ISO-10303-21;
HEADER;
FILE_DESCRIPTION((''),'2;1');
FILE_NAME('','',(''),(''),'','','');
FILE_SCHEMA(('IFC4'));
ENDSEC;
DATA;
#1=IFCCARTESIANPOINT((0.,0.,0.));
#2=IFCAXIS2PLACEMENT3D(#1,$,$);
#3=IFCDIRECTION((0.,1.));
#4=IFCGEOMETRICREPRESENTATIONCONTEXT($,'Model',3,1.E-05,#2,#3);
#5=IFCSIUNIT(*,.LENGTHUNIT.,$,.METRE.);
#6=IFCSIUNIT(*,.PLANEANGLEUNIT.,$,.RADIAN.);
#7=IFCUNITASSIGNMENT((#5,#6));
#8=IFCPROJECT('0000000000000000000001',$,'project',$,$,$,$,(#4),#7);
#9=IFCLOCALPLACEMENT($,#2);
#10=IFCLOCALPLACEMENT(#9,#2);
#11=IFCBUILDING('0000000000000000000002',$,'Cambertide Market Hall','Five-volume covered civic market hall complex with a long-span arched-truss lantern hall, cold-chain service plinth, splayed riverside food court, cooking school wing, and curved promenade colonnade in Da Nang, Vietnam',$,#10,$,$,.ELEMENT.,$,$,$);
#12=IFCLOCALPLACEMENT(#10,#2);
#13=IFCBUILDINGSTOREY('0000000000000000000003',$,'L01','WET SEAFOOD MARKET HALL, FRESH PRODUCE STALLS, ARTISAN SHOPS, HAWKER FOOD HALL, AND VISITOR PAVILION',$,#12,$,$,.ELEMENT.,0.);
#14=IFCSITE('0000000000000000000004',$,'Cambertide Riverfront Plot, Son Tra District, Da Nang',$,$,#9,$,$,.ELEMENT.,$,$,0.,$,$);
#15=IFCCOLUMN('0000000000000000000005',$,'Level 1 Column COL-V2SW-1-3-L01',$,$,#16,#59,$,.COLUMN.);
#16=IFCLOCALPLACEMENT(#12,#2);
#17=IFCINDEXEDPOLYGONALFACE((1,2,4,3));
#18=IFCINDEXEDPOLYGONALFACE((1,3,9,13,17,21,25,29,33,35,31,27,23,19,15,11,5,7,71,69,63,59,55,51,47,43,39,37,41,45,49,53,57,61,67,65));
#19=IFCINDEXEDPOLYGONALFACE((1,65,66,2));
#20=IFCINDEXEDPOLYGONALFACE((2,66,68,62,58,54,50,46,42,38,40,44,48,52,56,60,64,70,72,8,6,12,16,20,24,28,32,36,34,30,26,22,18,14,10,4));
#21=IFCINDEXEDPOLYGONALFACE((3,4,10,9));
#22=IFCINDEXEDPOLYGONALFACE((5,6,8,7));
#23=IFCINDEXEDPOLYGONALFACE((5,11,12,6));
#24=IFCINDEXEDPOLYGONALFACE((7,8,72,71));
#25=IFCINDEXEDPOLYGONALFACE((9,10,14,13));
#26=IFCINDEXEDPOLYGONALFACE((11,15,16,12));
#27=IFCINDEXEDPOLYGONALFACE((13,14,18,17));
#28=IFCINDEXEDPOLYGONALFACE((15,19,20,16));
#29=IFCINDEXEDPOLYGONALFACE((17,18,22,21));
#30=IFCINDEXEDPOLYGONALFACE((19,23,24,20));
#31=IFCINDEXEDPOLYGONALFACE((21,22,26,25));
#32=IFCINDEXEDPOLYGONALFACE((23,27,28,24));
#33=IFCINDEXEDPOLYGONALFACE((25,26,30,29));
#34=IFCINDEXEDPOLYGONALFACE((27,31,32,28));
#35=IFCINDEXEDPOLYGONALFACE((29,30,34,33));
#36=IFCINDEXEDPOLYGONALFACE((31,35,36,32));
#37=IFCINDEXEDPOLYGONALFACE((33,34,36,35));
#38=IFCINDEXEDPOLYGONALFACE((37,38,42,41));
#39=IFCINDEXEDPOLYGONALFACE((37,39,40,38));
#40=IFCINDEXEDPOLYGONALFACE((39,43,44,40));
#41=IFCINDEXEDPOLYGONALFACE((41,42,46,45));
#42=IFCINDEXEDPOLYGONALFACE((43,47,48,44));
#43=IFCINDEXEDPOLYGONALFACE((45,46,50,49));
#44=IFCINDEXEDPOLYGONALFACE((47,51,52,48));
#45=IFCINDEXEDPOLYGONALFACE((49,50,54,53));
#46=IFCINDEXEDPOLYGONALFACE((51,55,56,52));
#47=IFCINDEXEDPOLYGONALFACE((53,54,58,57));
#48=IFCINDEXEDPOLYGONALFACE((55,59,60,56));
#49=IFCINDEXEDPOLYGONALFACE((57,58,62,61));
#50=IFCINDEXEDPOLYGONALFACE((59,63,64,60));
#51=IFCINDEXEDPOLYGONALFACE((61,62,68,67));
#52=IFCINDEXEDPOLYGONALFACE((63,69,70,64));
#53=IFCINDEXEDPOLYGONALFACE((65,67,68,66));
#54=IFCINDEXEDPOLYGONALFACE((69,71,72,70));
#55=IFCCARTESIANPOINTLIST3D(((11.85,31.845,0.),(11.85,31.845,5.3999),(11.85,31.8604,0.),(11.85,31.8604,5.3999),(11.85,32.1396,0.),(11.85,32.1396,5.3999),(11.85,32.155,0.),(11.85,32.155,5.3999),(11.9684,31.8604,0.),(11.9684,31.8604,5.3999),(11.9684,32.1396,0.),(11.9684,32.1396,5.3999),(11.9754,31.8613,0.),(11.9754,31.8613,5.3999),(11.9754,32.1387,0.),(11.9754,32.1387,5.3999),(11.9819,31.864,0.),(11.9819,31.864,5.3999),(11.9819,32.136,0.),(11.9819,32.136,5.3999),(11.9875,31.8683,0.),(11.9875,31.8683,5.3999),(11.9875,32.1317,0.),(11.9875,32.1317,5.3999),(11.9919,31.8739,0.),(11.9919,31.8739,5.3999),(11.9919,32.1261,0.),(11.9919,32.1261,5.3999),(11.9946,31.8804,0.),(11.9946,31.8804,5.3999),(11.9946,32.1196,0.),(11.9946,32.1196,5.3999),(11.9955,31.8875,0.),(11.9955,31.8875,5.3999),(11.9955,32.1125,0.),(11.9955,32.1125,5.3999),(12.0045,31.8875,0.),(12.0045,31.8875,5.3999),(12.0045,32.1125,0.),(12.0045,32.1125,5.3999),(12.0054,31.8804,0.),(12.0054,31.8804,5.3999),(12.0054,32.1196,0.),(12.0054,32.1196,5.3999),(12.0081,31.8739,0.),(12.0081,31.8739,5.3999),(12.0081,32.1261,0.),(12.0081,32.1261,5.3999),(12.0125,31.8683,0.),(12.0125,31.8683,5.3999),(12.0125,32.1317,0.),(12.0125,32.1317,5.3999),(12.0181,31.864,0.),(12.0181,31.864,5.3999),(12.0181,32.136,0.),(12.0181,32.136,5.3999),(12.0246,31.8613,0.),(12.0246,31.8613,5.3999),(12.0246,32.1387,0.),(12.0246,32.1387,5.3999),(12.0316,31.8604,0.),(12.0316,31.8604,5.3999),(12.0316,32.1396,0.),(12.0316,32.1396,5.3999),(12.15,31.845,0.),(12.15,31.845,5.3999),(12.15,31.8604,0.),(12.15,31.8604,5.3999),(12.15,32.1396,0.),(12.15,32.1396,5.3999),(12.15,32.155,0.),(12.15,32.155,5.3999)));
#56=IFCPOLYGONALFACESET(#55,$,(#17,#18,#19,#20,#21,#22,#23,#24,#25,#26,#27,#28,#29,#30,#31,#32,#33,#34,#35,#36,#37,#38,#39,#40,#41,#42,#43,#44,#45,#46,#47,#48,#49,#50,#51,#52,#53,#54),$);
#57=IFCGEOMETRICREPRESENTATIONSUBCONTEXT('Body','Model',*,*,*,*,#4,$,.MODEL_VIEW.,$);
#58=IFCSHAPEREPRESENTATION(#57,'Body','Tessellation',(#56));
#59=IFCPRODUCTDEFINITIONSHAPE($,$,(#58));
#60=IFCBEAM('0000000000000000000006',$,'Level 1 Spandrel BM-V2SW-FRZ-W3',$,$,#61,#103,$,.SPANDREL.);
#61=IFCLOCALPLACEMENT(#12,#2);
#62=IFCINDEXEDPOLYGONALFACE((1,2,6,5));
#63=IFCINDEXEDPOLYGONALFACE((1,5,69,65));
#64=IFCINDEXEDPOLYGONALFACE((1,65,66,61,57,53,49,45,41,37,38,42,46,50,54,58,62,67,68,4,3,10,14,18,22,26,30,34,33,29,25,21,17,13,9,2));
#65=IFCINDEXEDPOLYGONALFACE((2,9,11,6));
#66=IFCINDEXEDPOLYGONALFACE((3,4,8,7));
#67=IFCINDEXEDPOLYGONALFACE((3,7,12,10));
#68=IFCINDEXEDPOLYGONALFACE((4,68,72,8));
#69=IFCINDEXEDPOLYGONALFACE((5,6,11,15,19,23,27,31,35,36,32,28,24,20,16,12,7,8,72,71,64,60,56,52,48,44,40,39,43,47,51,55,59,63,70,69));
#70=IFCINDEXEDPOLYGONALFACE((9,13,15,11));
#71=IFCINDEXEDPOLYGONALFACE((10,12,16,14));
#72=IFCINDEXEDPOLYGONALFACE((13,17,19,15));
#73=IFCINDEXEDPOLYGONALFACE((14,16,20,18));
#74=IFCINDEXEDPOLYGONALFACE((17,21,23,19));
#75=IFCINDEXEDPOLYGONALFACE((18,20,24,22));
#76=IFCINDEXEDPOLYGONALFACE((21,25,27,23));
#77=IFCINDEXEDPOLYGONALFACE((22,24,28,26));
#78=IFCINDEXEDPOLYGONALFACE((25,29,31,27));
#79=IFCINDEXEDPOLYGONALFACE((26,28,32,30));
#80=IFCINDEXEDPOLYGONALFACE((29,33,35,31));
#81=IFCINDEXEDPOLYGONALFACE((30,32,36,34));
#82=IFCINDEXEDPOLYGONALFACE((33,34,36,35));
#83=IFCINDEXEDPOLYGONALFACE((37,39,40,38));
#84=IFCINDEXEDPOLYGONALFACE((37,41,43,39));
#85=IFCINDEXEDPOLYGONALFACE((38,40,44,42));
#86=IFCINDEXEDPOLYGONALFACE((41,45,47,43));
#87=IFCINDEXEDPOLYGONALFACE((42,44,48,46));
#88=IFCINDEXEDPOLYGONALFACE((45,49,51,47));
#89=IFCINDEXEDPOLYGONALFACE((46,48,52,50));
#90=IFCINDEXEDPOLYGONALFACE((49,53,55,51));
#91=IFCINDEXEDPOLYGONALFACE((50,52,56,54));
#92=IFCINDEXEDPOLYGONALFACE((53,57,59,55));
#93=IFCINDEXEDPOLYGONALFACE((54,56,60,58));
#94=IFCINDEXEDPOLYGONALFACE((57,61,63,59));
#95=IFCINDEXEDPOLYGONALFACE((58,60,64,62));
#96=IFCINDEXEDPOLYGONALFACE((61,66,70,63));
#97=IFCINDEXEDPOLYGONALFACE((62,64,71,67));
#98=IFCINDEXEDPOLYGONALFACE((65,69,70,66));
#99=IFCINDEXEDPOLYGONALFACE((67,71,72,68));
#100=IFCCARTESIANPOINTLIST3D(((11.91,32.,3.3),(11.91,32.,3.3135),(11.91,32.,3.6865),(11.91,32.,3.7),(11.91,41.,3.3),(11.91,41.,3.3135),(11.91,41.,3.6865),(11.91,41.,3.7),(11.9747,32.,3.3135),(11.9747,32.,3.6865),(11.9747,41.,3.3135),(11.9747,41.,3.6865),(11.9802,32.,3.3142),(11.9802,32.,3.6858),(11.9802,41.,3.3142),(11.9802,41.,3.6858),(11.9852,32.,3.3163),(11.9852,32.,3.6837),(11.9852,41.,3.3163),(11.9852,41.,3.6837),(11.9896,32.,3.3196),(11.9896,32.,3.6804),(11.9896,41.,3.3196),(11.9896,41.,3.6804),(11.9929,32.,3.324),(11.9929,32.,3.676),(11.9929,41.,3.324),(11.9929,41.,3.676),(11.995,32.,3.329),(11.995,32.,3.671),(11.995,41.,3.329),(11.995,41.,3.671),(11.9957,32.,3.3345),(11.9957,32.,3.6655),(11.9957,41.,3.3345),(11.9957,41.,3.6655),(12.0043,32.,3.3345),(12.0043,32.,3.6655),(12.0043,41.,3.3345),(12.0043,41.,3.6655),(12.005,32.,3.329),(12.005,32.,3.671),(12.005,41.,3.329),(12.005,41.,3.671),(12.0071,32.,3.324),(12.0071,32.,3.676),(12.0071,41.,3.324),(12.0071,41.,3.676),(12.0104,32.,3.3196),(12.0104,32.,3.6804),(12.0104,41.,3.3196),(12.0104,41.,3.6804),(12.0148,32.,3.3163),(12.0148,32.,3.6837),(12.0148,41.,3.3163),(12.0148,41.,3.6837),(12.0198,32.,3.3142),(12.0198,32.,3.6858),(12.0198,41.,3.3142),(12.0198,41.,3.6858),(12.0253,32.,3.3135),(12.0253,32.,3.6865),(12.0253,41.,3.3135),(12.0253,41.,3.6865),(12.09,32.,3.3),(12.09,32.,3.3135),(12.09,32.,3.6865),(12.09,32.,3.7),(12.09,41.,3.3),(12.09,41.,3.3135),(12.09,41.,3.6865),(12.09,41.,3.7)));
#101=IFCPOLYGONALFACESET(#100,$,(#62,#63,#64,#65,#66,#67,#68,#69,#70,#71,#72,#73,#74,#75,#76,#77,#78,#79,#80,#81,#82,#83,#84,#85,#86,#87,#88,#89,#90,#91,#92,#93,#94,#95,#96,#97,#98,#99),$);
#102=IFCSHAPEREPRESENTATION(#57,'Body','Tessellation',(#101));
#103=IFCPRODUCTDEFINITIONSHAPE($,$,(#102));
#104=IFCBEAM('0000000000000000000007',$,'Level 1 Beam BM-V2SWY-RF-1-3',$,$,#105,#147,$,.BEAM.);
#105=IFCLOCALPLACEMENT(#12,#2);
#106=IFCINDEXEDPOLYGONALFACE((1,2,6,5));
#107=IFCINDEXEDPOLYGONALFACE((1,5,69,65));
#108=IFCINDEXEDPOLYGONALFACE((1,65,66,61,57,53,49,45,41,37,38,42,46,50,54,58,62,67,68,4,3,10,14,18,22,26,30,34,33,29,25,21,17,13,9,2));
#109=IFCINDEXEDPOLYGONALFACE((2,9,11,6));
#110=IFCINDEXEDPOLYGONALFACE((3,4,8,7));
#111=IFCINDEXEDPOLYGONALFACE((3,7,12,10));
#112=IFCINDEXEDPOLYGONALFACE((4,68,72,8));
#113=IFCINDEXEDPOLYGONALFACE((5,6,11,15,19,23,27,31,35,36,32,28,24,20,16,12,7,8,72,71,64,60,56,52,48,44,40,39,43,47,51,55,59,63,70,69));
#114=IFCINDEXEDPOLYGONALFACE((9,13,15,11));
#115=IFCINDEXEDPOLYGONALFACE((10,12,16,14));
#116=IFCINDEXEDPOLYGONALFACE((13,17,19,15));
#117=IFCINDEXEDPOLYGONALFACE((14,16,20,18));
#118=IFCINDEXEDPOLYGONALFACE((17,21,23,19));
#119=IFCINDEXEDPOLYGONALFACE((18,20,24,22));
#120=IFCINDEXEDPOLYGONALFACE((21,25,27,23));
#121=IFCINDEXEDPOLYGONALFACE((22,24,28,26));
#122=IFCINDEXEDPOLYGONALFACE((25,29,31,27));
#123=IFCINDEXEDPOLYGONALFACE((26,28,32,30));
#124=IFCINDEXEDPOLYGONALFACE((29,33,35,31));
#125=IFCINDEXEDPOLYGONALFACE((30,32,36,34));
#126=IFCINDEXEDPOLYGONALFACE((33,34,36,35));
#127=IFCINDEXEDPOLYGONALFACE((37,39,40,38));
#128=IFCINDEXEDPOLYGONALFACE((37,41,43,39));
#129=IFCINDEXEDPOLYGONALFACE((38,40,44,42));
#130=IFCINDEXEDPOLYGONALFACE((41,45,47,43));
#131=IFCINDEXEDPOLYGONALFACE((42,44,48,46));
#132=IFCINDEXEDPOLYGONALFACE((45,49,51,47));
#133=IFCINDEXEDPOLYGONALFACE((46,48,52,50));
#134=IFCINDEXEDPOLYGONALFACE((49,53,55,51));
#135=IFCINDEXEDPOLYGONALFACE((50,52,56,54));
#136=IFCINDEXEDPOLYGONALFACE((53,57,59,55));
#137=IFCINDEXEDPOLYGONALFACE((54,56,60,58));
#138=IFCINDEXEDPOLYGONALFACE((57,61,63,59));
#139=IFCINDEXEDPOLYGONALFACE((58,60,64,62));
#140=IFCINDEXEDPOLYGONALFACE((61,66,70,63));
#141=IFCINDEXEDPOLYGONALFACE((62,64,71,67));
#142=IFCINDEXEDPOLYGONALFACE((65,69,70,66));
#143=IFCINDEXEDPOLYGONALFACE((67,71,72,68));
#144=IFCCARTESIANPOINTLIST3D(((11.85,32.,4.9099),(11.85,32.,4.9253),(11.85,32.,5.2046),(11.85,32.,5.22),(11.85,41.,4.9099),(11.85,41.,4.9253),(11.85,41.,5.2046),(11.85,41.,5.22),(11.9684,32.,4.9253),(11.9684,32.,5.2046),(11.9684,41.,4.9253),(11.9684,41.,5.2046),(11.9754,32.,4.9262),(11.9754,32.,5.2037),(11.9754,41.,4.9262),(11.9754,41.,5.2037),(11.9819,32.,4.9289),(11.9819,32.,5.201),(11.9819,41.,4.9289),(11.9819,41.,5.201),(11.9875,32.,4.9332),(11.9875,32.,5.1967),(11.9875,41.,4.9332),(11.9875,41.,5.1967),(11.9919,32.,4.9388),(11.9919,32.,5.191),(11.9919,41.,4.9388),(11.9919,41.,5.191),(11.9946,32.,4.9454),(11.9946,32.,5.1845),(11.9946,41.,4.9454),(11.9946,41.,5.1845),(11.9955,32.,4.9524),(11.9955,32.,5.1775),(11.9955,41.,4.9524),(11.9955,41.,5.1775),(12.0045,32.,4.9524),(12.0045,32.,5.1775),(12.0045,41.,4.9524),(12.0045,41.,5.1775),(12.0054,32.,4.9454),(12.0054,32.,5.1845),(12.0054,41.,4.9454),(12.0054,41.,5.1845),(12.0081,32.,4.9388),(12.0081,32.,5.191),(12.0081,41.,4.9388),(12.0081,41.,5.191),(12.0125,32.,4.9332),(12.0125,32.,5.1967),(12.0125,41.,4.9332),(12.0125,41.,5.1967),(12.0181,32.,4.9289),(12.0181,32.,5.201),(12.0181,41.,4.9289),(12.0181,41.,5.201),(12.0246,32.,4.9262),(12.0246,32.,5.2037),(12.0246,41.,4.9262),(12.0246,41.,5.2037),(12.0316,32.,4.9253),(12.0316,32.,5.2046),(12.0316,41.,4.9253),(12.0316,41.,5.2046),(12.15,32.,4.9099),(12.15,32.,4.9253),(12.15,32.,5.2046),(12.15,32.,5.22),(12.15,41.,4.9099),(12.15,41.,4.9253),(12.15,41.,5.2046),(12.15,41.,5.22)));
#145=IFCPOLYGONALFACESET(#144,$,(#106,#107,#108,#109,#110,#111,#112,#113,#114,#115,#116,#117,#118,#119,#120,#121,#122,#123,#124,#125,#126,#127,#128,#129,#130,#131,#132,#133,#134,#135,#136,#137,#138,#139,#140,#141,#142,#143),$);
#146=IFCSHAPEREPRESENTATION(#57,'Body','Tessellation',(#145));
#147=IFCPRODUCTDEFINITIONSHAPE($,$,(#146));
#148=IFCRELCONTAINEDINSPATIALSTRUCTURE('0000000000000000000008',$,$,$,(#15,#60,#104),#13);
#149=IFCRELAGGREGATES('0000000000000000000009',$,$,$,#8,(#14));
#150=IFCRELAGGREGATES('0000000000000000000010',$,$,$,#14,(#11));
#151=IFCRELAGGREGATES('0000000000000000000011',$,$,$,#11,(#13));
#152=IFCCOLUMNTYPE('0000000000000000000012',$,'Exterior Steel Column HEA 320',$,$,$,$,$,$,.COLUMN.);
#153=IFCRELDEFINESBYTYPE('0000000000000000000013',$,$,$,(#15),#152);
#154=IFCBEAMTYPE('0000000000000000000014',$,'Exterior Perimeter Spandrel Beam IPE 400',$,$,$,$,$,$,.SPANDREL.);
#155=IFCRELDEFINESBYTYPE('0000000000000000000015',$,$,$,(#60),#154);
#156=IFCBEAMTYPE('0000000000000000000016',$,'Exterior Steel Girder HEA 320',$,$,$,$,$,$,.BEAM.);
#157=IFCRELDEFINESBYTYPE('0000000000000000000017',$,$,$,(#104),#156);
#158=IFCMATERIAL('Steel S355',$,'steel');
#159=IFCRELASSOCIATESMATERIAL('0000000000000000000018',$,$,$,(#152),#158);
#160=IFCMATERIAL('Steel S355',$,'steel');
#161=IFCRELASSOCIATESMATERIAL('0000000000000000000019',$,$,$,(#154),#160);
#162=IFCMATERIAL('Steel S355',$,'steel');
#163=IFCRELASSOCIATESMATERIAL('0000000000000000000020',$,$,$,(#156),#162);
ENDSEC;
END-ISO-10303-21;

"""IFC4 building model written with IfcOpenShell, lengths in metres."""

from ifc_helpers import new_model, si_unit, direction, frame, origin, origin_2d, place, context, subcontext, project, spatial, i_section, extrude, material, material_profile, profile_set, type_object, element, save


model = new_model("IFC4")

# Units and contexts
model_context = context("Model", 3, precision=1e-05, world=origin(), true_north=direction((0.0, 1.0)))
body_context = subcontext(model_context, "Body", "Model", "MODEL_VIEW")
ifc_project = project(units=[si_unit("LENGTHUNIT", "METRE"), si_unit("PLANEANGLEUNIT", "RADIAN")], contexts=[model_context])

# Site, building, storey
site_placement = place(None, origin())
site = spatial("IfcSite", under=ifc_project, at=site_placement, Name="Cambertide Riverfront Plot, Son Tra District, Da Nang", CompositionType="ELEMENT", RefElevation=0.0)
building_placement = place(site_placement, origin())
building = spatial("IfcBuilding", under=site, at=building_placement, Name="Cambertide Market Hall", Description="Five-volume covered civic market hall complex with a long-span arched-truss lantern hall, cold-chain service plinth, splayed riverside food court, cooking school wing, and curved promenade colonnade in Da Nang, Vietnam", CompositionType="ELEMENT")
storey_placement = place(building_placement, origin())
storey = spatial("IfcBuildingStorey", under=building, at=storey_placement, Name="L01", Description="WET SEAFOOD MARKET HALL, FRESH PRODUCE STALLS, ARTISAN SHOPS, HAWKER FOOD HALL, AND VISITOR PAVILION", CompositionType="ELEMENT", Elevation=0.0)

# Column
ifc_material_1 = material(Name="Steel S355", Category="steel")
ifc_material_profile_1 = material_profile(ifc_material_1, i_section(OverallWidth=0.3, OverallDepth=0.3101, WebThickness=0.009, FlangeThickness=0.0154, FilletRadius=0.0271, at=origin_2d()), Name="HEA 320")
ifc_profile_set_1 = profile_set([ifc_material_profile_1], Name="Steel S355")
column_type = type_object("IfcColumnType", Name="Exterior Steel Column HEA 320", PredefinedType="COLUMN", material=ifc_profile_set_1)
column_placement = place(storey_placement, frame((12.0, 32.0, 0.0), z_axis=(0.0, 0.0, 1.0), x_axis=(1.0, 0.0, 0.0)))
element("IfcColumn", 1, at=column_placement, inside=storey, type_object=column_type, Name="Level 1 Column COL-V2SW-1-3-L01", PredefinedType="COLUMN", context=body_context, shape_type="SweptSolid", body=[
    extrude(i_section(OverallWidth=0.3, OverallDepth=0.3101, WebThickness=0.009, FlangeThickness=0.0154, FilletRadius=0.0271, at=origin_2d()), origin(), (0.0, 0.0, 1.0), 5.3999),
])

# Beams
ifc_material_2 = material(Name="Steel S355", Category="steel")
ifc_material_profile_2 = material_profile(ifc_material_2, i_section(OverallWidth=0.1799, OverallDepth=0.3999, WebThickness=0.0085, FlangeThickness=0.0134, FilletRadius=0.021, at=origin_2d()), Name="IPE 400")
ifc_profile_set_2 = profile_set([ifc_material_profile_2], Name="Steel S355")
beam_type_1 = type_object("IfcBeamType", Name="Exterior Perimeter Spandrel Beam IPE 400", PredefinedType="SPANDREL", material=ifc_profile_set_2)
beam_1_placement = place(storey_placement, frame((12.0, 32.0, 3.5), z_axis=(0.0, 1.0, 0.0), x_axis=(-1.0, 0.0, 0.0)))
element("IfcBeam", 2, at=beam_1_placement, inside=storey, type_object=beam_type_1, Name="Level 1 Spandrel BM-V2SW-FRZ-W3", PredefinedType="SPANDREL", context=body_context, shape_type="SweptSolid", body=[
    extrude(i_section(OverallWidth=0.1799, OverallDepth=0.3999, WebThickness=0.0085, FlangeThickness=0.0134, FilletRadius=0.021, at=origin_2d()), origin(), (0.0, 0.0, 1.0), 9.0),
])
ifc_material_3 = material(Name="Steel S355", Category="steel")
ifc_material_profile_3 = material_profile(ifc_material_3, i_section(OverallWidth=0.3, OverallDepth=0.3101, WebThickness=0.009, FlangeThickness=0.0154, FilletRadius=0.0271, at=origin_2d()), Name="HEA 320")
ifc_profile_set_3 = profile_set([ifc_material_profile_3], Name="Steel S355")
beam_type_2 = type_object("IfcBeamType", Name="Exterior Steel Girder HEA 320", PredefinedType="BEAM", material=ifc_profile_set_3)
beam_2_placement = place(storey_placement, frame((12.0, 32.0, 5.0649), z_axis=(0.0, 1.0, 0.0), x_axis=(-1.0, 0.0, 0.0)))
element("IfcBeam", 3, at=beam_2_placement, inside=storey, type_object=beam_type_2, Name="Level 1 Beam BM-V2SWY-RF-1-3", PredefinedType="BEAM", context=body_context, shape_type="SweptSolid", body=[
    extrude(i_section(OverallWidth=0.3, OverallDepth=0.3101, WebThickness=0.009, FlangeThickness=0.0154, FilletRadius=0.0271, at=origin_2d()), origin(), (0.0, 0.0, 1.0), 9.0),
])

save(model, "model.ifc")
